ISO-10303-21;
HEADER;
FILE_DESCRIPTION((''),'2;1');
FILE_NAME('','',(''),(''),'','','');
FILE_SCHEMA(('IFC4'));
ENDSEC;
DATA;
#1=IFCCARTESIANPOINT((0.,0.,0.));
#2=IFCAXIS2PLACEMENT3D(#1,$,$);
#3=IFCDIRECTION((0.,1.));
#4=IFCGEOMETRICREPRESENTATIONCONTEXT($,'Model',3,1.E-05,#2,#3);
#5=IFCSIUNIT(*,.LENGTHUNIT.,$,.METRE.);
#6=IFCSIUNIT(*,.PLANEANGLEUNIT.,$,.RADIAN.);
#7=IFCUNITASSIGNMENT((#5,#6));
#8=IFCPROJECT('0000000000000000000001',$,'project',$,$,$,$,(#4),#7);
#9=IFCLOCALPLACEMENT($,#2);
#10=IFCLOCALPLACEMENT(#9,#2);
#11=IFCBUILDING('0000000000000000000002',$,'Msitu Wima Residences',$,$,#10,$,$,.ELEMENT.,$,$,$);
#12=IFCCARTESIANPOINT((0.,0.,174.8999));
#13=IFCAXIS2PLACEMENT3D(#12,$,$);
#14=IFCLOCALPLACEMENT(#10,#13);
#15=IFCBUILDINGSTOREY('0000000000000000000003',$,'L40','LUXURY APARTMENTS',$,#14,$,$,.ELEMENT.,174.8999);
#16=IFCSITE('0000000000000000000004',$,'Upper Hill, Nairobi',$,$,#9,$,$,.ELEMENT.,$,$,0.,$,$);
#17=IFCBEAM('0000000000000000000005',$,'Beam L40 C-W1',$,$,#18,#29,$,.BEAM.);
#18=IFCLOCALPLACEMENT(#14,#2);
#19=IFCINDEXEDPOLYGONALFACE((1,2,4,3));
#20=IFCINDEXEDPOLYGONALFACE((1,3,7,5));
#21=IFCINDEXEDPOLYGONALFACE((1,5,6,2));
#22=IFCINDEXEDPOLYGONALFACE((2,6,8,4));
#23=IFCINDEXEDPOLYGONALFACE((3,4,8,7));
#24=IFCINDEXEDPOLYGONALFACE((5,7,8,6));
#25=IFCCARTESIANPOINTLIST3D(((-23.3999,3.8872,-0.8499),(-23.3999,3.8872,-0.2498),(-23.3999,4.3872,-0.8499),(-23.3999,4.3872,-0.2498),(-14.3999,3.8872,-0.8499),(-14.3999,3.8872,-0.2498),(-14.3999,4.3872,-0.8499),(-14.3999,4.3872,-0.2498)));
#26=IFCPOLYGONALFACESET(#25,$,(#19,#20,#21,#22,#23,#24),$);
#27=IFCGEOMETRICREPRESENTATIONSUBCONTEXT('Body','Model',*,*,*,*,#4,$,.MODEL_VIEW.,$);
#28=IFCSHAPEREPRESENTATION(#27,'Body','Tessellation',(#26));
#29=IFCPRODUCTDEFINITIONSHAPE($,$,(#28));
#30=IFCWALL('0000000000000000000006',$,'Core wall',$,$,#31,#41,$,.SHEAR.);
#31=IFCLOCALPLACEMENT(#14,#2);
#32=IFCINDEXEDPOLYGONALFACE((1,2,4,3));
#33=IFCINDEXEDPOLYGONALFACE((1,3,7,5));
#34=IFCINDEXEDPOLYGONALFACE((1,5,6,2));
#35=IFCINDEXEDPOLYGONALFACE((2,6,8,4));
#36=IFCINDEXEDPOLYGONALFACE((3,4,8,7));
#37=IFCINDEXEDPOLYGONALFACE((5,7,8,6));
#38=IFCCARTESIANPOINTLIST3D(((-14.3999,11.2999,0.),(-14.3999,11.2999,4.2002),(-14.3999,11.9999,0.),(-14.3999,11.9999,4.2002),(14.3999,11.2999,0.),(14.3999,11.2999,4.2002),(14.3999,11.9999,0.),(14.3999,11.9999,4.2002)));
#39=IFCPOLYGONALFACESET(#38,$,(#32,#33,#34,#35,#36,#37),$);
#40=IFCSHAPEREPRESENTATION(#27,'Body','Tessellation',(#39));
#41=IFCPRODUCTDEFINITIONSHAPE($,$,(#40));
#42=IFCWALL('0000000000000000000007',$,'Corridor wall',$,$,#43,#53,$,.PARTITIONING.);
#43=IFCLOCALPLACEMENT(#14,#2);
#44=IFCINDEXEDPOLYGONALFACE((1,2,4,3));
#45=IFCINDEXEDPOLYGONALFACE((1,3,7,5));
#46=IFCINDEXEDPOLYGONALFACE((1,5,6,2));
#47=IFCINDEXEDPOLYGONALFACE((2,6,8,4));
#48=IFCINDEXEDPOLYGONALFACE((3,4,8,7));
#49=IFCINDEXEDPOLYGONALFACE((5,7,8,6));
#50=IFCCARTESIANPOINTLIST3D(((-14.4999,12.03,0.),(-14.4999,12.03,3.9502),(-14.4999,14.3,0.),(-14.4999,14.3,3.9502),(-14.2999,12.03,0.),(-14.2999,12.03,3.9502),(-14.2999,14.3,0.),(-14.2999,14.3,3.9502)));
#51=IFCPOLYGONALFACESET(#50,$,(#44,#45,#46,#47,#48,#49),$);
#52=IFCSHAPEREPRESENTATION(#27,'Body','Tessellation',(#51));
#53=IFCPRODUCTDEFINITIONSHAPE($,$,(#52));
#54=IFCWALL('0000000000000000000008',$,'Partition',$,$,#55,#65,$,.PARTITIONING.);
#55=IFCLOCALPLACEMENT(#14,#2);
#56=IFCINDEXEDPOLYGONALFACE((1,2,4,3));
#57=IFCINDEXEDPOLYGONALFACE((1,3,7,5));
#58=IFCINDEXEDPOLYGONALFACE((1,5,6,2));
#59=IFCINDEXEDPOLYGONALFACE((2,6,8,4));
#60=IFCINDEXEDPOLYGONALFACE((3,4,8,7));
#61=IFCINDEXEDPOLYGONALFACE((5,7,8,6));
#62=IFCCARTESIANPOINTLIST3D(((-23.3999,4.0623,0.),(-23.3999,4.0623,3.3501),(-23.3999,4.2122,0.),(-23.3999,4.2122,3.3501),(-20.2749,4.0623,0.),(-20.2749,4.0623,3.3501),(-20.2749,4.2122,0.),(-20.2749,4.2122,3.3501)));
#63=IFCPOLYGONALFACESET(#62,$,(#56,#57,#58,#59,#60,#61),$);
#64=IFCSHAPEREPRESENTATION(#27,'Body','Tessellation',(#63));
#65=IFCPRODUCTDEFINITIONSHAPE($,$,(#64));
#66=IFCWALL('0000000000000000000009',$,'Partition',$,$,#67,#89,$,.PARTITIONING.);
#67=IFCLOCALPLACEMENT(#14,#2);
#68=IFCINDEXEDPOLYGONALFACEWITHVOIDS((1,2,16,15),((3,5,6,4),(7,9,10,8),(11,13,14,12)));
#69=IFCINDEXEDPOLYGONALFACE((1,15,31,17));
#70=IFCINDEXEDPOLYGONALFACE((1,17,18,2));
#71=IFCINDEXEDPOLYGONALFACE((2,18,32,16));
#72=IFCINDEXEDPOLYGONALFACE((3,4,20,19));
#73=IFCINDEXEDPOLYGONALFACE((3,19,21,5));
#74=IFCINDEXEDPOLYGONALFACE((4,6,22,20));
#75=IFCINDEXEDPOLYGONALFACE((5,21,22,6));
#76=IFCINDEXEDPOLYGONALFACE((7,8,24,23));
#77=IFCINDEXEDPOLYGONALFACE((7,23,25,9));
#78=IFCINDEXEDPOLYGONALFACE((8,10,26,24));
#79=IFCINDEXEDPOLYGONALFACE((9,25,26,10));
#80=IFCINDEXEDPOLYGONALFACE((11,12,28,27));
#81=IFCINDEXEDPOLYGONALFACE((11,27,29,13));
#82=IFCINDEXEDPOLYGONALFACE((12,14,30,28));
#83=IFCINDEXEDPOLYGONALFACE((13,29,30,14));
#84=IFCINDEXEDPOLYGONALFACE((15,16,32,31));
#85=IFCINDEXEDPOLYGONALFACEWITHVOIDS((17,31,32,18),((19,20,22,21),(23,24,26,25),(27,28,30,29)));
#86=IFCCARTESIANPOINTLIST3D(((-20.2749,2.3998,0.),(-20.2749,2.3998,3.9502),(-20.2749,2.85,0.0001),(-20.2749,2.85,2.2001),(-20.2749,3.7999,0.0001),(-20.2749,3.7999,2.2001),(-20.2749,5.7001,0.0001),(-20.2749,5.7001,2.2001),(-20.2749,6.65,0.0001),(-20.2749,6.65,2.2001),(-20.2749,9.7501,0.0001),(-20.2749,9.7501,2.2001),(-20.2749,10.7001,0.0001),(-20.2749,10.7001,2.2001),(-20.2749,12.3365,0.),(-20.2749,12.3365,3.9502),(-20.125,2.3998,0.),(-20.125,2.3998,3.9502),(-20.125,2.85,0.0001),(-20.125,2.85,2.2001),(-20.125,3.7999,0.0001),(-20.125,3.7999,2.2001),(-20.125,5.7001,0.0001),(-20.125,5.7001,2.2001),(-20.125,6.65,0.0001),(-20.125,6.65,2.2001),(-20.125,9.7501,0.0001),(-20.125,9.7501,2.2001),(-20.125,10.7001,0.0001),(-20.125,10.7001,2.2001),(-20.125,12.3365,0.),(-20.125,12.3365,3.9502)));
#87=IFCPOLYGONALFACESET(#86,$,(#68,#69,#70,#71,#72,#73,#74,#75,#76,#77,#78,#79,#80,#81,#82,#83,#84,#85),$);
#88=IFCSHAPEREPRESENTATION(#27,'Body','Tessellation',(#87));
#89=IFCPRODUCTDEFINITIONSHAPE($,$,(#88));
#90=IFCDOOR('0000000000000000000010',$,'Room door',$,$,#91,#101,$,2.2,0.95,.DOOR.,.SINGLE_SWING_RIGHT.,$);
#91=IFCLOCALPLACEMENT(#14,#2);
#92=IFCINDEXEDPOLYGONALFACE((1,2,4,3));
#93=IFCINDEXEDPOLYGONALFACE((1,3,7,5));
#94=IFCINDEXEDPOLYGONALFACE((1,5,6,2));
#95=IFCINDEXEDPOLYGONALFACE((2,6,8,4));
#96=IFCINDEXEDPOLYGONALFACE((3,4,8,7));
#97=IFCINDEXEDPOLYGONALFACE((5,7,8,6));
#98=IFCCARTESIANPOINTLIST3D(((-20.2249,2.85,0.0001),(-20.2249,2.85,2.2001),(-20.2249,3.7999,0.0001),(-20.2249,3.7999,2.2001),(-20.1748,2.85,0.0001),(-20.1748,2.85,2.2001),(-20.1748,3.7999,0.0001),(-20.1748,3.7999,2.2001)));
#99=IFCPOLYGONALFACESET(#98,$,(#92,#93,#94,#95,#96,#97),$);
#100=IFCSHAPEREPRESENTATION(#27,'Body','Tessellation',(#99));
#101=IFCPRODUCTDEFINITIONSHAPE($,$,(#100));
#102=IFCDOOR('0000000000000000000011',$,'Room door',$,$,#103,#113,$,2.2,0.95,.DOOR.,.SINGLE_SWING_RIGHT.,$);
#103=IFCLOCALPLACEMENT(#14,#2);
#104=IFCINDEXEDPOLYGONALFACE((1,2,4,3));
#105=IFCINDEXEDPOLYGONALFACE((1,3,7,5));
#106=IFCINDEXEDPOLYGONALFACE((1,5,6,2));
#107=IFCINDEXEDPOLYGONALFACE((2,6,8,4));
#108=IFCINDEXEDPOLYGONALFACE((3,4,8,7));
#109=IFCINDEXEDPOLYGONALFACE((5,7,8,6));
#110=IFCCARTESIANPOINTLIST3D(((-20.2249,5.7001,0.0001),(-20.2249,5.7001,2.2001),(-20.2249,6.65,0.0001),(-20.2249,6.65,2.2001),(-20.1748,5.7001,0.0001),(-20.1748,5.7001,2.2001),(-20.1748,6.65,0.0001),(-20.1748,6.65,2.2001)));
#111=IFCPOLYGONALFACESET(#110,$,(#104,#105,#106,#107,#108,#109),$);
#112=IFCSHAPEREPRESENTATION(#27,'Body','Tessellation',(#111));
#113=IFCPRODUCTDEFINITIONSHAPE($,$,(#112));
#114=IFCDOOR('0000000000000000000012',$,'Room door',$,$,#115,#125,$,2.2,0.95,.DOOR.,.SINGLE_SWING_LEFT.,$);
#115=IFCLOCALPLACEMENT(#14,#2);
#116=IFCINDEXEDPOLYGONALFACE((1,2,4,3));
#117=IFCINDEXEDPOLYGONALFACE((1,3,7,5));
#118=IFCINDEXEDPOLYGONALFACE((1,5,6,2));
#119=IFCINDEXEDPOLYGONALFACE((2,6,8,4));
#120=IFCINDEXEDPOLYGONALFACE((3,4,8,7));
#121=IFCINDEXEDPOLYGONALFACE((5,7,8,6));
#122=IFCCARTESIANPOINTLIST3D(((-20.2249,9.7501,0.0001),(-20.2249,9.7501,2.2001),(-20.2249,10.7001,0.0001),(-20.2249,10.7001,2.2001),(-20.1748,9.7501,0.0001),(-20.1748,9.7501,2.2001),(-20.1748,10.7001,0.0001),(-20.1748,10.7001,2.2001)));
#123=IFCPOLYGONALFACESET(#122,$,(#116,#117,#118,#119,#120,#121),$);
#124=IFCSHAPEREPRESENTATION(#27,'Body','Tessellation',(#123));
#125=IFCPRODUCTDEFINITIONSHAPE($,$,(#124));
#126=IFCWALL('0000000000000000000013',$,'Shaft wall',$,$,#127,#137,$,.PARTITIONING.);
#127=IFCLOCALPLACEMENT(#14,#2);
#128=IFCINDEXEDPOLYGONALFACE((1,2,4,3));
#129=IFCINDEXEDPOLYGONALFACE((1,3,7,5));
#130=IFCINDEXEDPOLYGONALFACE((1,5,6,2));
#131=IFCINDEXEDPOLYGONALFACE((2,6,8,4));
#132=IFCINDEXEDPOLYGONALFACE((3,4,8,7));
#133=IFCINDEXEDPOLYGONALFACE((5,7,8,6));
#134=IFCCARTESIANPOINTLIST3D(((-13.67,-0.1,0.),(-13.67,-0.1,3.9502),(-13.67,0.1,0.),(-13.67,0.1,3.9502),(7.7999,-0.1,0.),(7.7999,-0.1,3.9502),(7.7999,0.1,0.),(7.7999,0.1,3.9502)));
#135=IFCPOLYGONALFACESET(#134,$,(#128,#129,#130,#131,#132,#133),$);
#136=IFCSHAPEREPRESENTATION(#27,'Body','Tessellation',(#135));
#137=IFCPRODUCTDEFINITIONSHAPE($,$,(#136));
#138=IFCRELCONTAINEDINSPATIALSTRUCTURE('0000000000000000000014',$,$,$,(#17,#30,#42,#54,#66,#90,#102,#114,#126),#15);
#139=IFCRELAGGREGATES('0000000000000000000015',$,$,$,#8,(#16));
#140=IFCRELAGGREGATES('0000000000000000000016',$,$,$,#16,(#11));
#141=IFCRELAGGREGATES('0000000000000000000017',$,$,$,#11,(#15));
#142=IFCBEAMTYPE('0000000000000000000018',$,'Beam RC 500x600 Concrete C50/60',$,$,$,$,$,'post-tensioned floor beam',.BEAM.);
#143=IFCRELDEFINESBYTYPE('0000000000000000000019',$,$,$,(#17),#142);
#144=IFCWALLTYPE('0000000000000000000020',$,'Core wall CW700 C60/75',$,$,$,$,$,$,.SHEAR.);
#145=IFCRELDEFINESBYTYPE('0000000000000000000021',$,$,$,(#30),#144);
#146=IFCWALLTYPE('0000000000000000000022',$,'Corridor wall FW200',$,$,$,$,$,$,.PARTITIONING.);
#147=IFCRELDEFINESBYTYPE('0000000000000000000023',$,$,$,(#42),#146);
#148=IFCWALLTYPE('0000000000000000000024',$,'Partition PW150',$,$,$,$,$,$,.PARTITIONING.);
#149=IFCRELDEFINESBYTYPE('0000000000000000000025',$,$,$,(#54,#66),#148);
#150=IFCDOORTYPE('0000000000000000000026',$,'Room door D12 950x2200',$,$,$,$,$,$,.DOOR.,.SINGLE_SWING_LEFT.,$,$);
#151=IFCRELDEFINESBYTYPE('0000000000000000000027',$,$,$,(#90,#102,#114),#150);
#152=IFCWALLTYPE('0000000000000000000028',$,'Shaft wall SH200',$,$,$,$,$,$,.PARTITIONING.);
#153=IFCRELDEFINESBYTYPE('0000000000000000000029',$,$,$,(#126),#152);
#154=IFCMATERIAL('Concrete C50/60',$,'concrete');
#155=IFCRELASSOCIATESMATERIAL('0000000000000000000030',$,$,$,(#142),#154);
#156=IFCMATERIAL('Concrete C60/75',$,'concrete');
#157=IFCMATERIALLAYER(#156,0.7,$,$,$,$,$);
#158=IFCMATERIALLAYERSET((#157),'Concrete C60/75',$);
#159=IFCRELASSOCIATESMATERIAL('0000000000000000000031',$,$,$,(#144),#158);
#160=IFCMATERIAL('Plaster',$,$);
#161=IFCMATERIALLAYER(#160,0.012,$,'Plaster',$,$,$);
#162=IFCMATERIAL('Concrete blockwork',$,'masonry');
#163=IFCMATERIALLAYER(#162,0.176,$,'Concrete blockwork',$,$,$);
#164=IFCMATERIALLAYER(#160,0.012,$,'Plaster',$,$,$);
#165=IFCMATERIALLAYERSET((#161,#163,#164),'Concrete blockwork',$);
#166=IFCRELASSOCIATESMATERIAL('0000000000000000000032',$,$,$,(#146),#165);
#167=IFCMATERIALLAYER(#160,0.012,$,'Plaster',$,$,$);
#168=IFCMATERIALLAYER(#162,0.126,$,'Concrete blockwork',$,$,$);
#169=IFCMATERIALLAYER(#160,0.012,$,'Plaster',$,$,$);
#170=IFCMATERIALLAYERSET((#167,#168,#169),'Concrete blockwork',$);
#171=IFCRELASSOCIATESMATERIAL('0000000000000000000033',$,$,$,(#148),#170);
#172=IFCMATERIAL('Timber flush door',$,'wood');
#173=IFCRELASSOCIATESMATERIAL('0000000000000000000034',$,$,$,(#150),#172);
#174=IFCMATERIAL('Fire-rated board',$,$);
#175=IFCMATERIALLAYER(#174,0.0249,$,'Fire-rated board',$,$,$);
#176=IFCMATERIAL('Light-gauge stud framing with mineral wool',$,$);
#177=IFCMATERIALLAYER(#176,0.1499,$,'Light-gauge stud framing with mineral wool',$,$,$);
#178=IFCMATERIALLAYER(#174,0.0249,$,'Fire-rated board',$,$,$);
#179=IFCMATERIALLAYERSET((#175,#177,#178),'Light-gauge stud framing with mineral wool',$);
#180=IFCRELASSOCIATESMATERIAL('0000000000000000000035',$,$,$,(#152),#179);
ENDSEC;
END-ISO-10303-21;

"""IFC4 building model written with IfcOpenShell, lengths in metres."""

from ifc_helpers import new_model, si_unit, direction, frame, frame_2d, origin, origin_2d, place, context, subcontext, project, spatial, rectangle, extrude, material, layer, layer_set, material_profile, profile_set, type_object, element, fill, save


model = new_model("IFC4")

# Units and contexts
model_context = context("Model", 3, precision=1e-05, world=origin(), true_north=direction((0.0, 1.0)))
body_context = subcontext(model_context, "Body", "Model", "MODEL_VIEW")
ifc_project = project(units=[si_unit("LENGTHUNIT", "METRE"), si_unit("PLANEANGLEUNIT", "RADIAN")], contexts=[model_context])

# Site, building, storey
site_placement = place(None, origin())
site = spatial("IfcSite", under=ifc_project, at=site_placement, Name="Upper Hill, Nairobi", CompositionType="ELEMENT", RefElevation=0.0)
building_placement = place(site_placement, origin())
building = spatial("IfcBuilding", under=site, at=building_placement, Name="Msitu Wima Residences", CompositionType="ELEMENT")
storey_placement = place(building_placement, frame((0.0, 0.0, 174.8999)))
storey = spatial("IfcBuildingStorey", under=building, at=storey_placement, Name="L40", Description="LUXURY APARTMENTS", CompositionType="ELEMENT", Elevation=174.8999)

# Beam
ifc_material_1 = material(Name="Concrete C50/60", Category="concrete")
ifc_material_profile = material_profile(ifc_material_1, rectangle(XDim=0.5, YDim=0.6001, at=origin_2d()), Name="RC 500x600")
ifc_profile_set = profile_set([ifc_material_profile], Name="Concrete C50/60")
beam_type = type_object("IfcBeamType", Name="Beam RC 500x600 Concrete C50/60", ElementType="post-tensioned floor beam", PredefinedType="BEAM", material=ifc_profile_set)
beam_placement = place(storey_placement, frame((-23.3999, 4.1372, -0.5498), z_axis=(1.0, 0.0, 0.0), x_axis=(0.0, 1.0, 0.0)))
element("IfcBeam", 1, at=beam_placement, inside=storey, type_object=beam_type, Name="Beam L40 C-W1", PredefinedType="BEAM", context=body_context, shape_type="SweptSolid", body=[
    extrude(rectangle(XDim=0.5, YDim=0.6001, at=origin_2d()), origin(), (0.0, 0.0, 1.0), 9.0),
])

# Walls
ifc_material_2 = material(Name="Concrete C60/75", Category="concrete")
ifc_layer_1 = layer(ifc_material_2, 0.7)
ifc_layer_set_1 = layer_set([ifc_layer_1], Name="Concrete C60/75")
wall_type_1 = type_object("IfcWallType", Name="Core wall CW700 C60/75", PredefinedType="SHEAR", material=ifc_layer_set_1)
wall_1_placement = place(storey_placement, frame((-14.3999, 11.6499, 0.0), z_axis=(0.0, 0.0, 1.0), x_axis=(1.0, 0.0, 0.0)))
element("IfcWall", 2, at=wall_1_placement, inside=storey, type_object=wall_type_1, Name="Core wall", PredefinedType="SHEAR", context=body_context, shape_type="SweptSolid", body=[
    extrude(rectangle(XDim=28.7998, YDim=0.7, at=frame_2d((14.3999, 0.0))), origin(), (0.0, 0.0, 1.0), 4.2002),
])
ifc_material_3 = material(Name="Plaster")
ifc_layer_2 = layer(ifc_material_3, 0.012, Name="Plaster")
ifc_material_4 = material(Name="Concrete blockwork", Category="masonry")
ifc_layer_3 = layer(ifc_material_4, 0.176, Name="Concrete blockwork")
ifc_layer_4 = layer(ifc_material_3, 0.012, Name="Plaster")
ifc_layer_set_2 = layer_set([ifc_layer_2, ifc_layer_3, ifc_layer_4], Name="Concrete blockwork")
wall_type_2 = type_object("IfcWallType", Name="Corridor wall FW200", PredefinedType="PARTITIONING", material=ifc_layer_set_2)
wall_2_placement = place(storey_placement, frame((-14.3999, 12.03, 0.0), z_axis=(0.0, 0.0, 1.0), x_axis=(0.0, 1.0, 0.0)))
element("IfcWall", 3, at=wall_2_placement, inside=storey, type_object=wall_type_2, Name="Corridor wall", PredefinedType="PARTITIONING", context=body_context, shape_type="SweptSolid", body=[
    extrude(rectangle(XDim=2.27, YDim=0.2, at=frame_2d((1.135, 0.0))), origin(), (0.0, 0.0, 1.0), 3.9502),
])
ifc_layer_5 = layer(ifc_material_3, 0.012, Name="Plaster")
ifc_layer_6 = layer(ifc_material_4, 0.126, Name="Concrete blockwork")
ifc_layer_7 = layer(ifc_material_3, 0.012, Name="Plaster")
ifc_layer_set_3 = layer_set([ifc_layer_5, ifc_layer_6, ifc_layer_7], Name="Concrete blockwork")
wall_type_3 = type_object("IfcWallType", Name="Partition PW150", PredefinedType="PARTITIONING", material=ifc_layer_set_3)
wall_3_placement = place(storey_placement, frame((-23.3999, 4.1372, 0.0), z_axis=(0.0, 0.0, 1.0), x_axis=(1.0, 0.0, 0.0)))
element("IfcWall", 4, at=wall_3_placement, inside=storey, type_object=wall_type_3, Name="Partition", PredefinedType="PARTITIONING", context=body_context, shape_type="SweptSolid", body=[
    extrude(rectangle(XDim=3.125, YDim=0.1499, at=frame_2d((1.5625, 0.0))), origin(), (0.0, 0.0, 1.0), 3.3501),
])

# Wall, openings, doors
wall_4_placement = place(storey_placement, frame((-20.2, 2.3999, 0.0), z_axis=(0.0, 0.0, 1.0), x_axis=(0.0, 1.0, 0.0)))
wall_4 = element("IfcWall", 5, at=wall_4_placement, inside=storey, type_object=wall_type_3, Name="Partition", PredefinedType="PARTITIONING", context=body_context, shape_type="SweptSolid", body=[
    extrude(rectangle(XDim=9.9368, YDim=0.1499, at=frame_2d((4.9683, 0.0))), origin(), (0.0, 0.0, 1.0), 3.9502),
])
opening_1_placement = place(wall_4_placement, frame((0.45, 0.0, 0.0)))
opening_1 = element("IfcOpeningElement", 6, at=opening_1_placement, cuts=wall_4, PredefinedType="OPENING", context=body_context, shape_type="SweptSolid", body=[
    extrude(rectangle(XDim=0.95, YDim=2.2, at=frame_2d((0.4751, 1.1001))), frame((0.0, 0.085, 0.0), z_axis=(0.0, -1.0, 0.0), x_axis=(1.0, 0.0, 0.0)), (0.0, 0.0, 1.0), 0.1699),
])
opening_2_placement = place(wall_4_placement, frame((3.3, 0.0, 0.0)))
opening_2 = element("IfcOpeningElement", 7, at=opening_2_placement, cuts=wall_4, PredefinedType="OPENING", context=body_context, shape_type="SweptSolid", body=[
    extrude(rectangle(XDim=0.95, YDim=2.2, at=frame_2d((0.4751, 1.1001))), frame((0.0, 0.085, 0.0), z_axis=(0.0, -1.0, 0.0), x_axis=(1.0, 0.0, 0.0)), (0.0, 0.0, 1.0), 0.1699),
])
opening_3_placement = place(wall_4_placement, frame((7.3501, 0.0, 0.0)))
opening_3 = element("IfcOpeningElement", 8, at=opening_3_placement, cuts=wall_4, PredefinedType="OPENING", context=body_context, shape_type="SweptSolid", body=[
    extrude(rectangle(XDim=0.95, YDim=2.2, at=frame_2d((0.4751, 1.1001))), frame((0.0, 0.085, 0.0), z_axis=(0.0, -1.0, 0.0), x_axis=(1.0, 0.0, 0.0)), (0.0, 0.0, 1.0), 0.1699),
])
ifc_material_5 = material(Name="Timber flush door", Category="wood")
door_type_1 = type_object("IfcDoorType", Name="Room door D12 950x2200", OperationType="SINGLE_SWING_LEFT", PredefinedType="DOOR", material=ifc_material_5)
door_1_placement = place(opening_1_placement, origin())
door_1 = element("IfcDoor", 9, at=door_1_placement, inside=storey, type_object=door_type_1, Name="Room door", OperationType="SINGLE_SWING_RIGHT", OverallHeight=2.2, OverallWidth=0.95, PredefinedType="DOOR", context=body_context, shape_type="SweptSolid", body=[
    extrude(rectangle(XDim=0.95, YDim=2.2, at=frame_2d((0.4751, 1.1001))), frame((0.0, 0.0249, 0.0), z_axis=(0.0, -1.0, 0.0), x_axis=(1.0, 0.0, 0.0)), (0.0, 0.0, 1.0), 0.05),
])
fill(opening_1, door_1)
door_2_placement = place(opening_2_placement, origin())
door_2 = element("IfcDoor", 10, at=door_2_placement, inside=storey, type_object=door_type_1, Name="Room door", OperationType="SINGLE_SWING_RIGHT", OverallHeight=2.2, OverallWidth=0.95, PredefinedType="DOOR", context=body_context, shape_type="SweptSolid", body=[
    extrude(rectangle(XDim=0.95, YDim=2.2, at=frame_2d((0.4751, 1.1001))), frame((0.0, 0.0249, 0.0), z_axis=(0.0, -1.0, 0.0), x_axis=(1.0, 0.0, 0.0)), (0.0, 0.0, 1.0), 0.05),
])
fill(opening_2, door_2)
door_3_placement = place(opening_3_placement, origin())
door_3 = element("IfcDoor", 11, at=door_3_placement, inside=storey, type_object=door_type_1, Name="Room door", OperationType="SINGLE_SWING_LEFT", OverallHeight=2.2, OverallWidth=0.95, PredefinedType="DOOR", context=body_context, shape_type="SweptSolid", body=[
    extrude(rectangle(XDim=0.95, YDim=2.2, at=frame_2d((0.4751, 1.1001))), frame((0.0, 0.0249, 0.0), z_axis=(0.0, -1.0, 0.0), x_axis=(1.0, 0.0, 0.0)), (0.0, 0.0, 1.0), 0.05),
])
fill(opening_3, door_3)

# Wall
ifc_material_6 = material(Name="Fire-rated board")
ifc_layer_8 = layer(ifc_material_6, 0.0249, Name="Fire-rated board")
ifc_material_7 = material(Name="Light-gauge stud framing with mineral wool")
ifc_layer_9 = layer(ifc_material_7, 0.1499, Name="Light-gauge stud framing with mineral wool")
ifc_layer_10 = layer(ifc_material_6, 0.0249, Name="Fire-rated board")
ifc_layer_set_4 = layer_set([ifc_layer_8, ifc_layer_9, ifc_layer_10], Name="Light-gauge stud framing with mineral wool")
wall_type_4 = type_object("IfcWallType", Name="Shaft wall SH200", PredefinedType="PARTITIONING", material=ifc_layer_set_4)
wall_5_placement = place(storey_placement, frame((-13.6699, 0.0, 0.0), z_axis=(0.0, 0.0, 1.0), x_axis=(1.0, 0.0, 0.0)))
element("IfcWall", 12, at=wall_5_placement, inside=storey, type_object=wall_type_4, Name="Shaft wall", PredefinedType="PARTITIONING", context=body_context, shape_type="SweptSolid", body=[
    extrude(rectangle(XDim=21.47, YDim=0.2, at=frame_2d((10.7349, 0.0))), origin(), (0.0, 0.0, 1.0), 3.9502),
])

save(model, "model.ifc")
